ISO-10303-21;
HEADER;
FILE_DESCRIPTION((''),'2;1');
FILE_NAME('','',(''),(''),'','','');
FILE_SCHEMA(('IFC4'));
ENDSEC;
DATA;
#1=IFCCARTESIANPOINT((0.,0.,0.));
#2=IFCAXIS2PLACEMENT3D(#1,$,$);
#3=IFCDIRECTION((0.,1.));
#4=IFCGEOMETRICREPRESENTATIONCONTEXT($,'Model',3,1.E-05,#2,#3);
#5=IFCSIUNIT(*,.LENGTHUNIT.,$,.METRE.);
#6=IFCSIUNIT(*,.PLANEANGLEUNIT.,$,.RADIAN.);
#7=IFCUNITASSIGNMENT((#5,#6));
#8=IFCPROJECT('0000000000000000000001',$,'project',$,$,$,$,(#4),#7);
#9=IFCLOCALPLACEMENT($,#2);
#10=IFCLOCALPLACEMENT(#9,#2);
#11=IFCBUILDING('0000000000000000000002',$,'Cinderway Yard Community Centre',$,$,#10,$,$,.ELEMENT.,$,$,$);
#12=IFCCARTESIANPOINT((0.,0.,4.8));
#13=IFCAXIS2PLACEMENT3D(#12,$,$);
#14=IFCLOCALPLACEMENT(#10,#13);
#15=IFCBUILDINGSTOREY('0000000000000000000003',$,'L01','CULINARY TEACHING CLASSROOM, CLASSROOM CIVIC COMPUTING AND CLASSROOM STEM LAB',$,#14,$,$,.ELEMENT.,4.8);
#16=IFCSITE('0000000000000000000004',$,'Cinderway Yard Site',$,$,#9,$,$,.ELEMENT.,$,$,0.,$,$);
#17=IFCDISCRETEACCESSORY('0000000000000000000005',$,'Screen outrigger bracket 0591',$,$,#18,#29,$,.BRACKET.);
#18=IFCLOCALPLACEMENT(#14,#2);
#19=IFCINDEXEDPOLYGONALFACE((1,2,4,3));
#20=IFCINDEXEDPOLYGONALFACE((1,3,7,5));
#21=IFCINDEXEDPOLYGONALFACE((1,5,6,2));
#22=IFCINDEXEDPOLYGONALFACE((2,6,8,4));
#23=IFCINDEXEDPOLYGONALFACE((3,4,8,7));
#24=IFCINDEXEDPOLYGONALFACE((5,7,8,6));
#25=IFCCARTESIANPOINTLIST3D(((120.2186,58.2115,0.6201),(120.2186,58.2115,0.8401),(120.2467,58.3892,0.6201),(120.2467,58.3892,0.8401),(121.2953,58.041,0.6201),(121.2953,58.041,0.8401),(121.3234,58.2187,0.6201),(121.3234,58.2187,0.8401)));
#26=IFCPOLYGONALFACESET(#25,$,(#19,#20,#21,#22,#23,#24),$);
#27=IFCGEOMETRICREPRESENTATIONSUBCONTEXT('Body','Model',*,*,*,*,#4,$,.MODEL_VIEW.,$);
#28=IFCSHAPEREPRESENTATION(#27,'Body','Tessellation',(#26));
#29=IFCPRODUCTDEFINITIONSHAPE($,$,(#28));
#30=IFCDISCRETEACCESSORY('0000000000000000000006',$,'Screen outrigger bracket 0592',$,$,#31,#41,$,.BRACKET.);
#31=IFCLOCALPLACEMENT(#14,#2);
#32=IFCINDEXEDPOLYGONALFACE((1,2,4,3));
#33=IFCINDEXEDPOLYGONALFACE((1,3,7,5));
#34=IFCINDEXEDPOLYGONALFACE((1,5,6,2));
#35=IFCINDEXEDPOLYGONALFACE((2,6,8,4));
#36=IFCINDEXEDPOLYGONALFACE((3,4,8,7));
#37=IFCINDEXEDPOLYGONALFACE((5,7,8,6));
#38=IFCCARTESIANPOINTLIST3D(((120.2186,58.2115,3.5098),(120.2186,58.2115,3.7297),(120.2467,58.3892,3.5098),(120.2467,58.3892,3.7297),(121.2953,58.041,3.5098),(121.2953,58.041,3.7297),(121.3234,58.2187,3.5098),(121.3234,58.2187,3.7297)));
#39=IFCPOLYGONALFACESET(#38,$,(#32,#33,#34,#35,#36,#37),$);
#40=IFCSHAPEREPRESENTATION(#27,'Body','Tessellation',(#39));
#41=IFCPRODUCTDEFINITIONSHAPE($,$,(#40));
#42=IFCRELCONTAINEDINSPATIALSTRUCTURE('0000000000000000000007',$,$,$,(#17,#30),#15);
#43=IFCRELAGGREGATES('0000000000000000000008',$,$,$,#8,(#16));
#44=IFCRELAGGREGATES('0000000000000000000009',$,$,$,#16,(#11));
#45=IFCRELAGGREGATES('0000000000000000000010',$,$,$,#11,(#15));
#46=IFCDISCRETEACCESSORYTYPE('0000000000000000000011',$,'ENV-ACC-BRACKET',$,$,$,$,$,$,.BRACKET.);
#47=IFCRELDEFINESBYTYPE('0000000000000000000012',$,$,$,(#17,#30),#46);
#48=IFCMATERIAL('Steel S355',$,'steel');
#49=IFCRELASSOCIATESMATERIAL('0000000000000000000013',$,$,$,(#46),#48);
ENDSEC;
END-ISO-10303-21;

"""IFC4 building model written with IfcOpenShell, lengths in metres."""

from ifc_helpers import new_model, si_unit, direction, frame, origin, origin_2d, place, context, subcontext, project, spatial, rectangle, extrude, material, type_object, element, save


model = new_model("IFC4")

# Units and contexts
model_context = context("Model", 3, precision=1e-05, world=origin(), true_north=direction((0.0, 1.0)))
body_context = subcontext(model_context, "Body", "Model", "MODEL_VIEW")
ifc_project = project(units=[si_unit("LENGTHUNIT", "METRE"), si_unit("PLANEANGLEUNIT", "RADIAN")], contexts=[model_context])

# Site, building, storey
site_placement = place(None, origin())
site = spatial("IfcSite", under=ifc_project, at=site_placement, Name="Cinderway Yard Site", CompositionType="ELEMENT", RefElevation=0.0)
building_placement = place(site_placement, origin())
building = spatial("IfcBuilding", under=site, at=building_placement, Name="Cinderway Yard Community Centre", CompositionType="ELEMENT")
storey_placement = place(building_placement, frame((0.0, 0.0, 4.8)))
storey = spatial("IfcBuildingStorey", under=building, at=storey_placement, Name="L01", Description="CULINARY TEACHING CLASSROOM, CLASSROOM CIVIC COMPUTING AND CLASSROOM STEM LAB", CompositionType="ELEMENT", Elevation=4.8)

# Shared definitions
ifc_material_1 = material(Name="Steel S355", Category="steel")

# Discrete accessories
discrete_accessory_type = type_object("IfcDiscreteAccessoryType", Name="ENV-ACC-BRACKET", PredefinedType="BRACKET", material=ifc_material_1)
for number, where, z_axis, x_axis, name in (
    (1, (120.771, 58.2151, 0.6201), (0.0, 0.0, 1.0), (-0.987688, 0.156434, 0.0), "Screen outrigger bracket 0591"),
    (2, (120.771, 58.2151, 3.5098), (0.0, 0.0, 1.0), (-0.987688, 0.156434, 0.0), "Screen outrigger bracket 0592"),
):
    element("IfcDiscreteAccessory", number, at=place(storey_placement, frame(where, z_axis=z_axis, x_axis=x_axis)), inside=storey, type_object=discrete_accessory_type, Name=name, PredefinedType="BRACKET", context=body_context, shape_type="SweptSolid", body=[
        extrude(rectangle(XDim=1.0901, YDim=0.1799, at=origin_2d()), origin(), (0.0, 0.0, 1.0), 0.22),
    ])

save(model, "model.ifc")
